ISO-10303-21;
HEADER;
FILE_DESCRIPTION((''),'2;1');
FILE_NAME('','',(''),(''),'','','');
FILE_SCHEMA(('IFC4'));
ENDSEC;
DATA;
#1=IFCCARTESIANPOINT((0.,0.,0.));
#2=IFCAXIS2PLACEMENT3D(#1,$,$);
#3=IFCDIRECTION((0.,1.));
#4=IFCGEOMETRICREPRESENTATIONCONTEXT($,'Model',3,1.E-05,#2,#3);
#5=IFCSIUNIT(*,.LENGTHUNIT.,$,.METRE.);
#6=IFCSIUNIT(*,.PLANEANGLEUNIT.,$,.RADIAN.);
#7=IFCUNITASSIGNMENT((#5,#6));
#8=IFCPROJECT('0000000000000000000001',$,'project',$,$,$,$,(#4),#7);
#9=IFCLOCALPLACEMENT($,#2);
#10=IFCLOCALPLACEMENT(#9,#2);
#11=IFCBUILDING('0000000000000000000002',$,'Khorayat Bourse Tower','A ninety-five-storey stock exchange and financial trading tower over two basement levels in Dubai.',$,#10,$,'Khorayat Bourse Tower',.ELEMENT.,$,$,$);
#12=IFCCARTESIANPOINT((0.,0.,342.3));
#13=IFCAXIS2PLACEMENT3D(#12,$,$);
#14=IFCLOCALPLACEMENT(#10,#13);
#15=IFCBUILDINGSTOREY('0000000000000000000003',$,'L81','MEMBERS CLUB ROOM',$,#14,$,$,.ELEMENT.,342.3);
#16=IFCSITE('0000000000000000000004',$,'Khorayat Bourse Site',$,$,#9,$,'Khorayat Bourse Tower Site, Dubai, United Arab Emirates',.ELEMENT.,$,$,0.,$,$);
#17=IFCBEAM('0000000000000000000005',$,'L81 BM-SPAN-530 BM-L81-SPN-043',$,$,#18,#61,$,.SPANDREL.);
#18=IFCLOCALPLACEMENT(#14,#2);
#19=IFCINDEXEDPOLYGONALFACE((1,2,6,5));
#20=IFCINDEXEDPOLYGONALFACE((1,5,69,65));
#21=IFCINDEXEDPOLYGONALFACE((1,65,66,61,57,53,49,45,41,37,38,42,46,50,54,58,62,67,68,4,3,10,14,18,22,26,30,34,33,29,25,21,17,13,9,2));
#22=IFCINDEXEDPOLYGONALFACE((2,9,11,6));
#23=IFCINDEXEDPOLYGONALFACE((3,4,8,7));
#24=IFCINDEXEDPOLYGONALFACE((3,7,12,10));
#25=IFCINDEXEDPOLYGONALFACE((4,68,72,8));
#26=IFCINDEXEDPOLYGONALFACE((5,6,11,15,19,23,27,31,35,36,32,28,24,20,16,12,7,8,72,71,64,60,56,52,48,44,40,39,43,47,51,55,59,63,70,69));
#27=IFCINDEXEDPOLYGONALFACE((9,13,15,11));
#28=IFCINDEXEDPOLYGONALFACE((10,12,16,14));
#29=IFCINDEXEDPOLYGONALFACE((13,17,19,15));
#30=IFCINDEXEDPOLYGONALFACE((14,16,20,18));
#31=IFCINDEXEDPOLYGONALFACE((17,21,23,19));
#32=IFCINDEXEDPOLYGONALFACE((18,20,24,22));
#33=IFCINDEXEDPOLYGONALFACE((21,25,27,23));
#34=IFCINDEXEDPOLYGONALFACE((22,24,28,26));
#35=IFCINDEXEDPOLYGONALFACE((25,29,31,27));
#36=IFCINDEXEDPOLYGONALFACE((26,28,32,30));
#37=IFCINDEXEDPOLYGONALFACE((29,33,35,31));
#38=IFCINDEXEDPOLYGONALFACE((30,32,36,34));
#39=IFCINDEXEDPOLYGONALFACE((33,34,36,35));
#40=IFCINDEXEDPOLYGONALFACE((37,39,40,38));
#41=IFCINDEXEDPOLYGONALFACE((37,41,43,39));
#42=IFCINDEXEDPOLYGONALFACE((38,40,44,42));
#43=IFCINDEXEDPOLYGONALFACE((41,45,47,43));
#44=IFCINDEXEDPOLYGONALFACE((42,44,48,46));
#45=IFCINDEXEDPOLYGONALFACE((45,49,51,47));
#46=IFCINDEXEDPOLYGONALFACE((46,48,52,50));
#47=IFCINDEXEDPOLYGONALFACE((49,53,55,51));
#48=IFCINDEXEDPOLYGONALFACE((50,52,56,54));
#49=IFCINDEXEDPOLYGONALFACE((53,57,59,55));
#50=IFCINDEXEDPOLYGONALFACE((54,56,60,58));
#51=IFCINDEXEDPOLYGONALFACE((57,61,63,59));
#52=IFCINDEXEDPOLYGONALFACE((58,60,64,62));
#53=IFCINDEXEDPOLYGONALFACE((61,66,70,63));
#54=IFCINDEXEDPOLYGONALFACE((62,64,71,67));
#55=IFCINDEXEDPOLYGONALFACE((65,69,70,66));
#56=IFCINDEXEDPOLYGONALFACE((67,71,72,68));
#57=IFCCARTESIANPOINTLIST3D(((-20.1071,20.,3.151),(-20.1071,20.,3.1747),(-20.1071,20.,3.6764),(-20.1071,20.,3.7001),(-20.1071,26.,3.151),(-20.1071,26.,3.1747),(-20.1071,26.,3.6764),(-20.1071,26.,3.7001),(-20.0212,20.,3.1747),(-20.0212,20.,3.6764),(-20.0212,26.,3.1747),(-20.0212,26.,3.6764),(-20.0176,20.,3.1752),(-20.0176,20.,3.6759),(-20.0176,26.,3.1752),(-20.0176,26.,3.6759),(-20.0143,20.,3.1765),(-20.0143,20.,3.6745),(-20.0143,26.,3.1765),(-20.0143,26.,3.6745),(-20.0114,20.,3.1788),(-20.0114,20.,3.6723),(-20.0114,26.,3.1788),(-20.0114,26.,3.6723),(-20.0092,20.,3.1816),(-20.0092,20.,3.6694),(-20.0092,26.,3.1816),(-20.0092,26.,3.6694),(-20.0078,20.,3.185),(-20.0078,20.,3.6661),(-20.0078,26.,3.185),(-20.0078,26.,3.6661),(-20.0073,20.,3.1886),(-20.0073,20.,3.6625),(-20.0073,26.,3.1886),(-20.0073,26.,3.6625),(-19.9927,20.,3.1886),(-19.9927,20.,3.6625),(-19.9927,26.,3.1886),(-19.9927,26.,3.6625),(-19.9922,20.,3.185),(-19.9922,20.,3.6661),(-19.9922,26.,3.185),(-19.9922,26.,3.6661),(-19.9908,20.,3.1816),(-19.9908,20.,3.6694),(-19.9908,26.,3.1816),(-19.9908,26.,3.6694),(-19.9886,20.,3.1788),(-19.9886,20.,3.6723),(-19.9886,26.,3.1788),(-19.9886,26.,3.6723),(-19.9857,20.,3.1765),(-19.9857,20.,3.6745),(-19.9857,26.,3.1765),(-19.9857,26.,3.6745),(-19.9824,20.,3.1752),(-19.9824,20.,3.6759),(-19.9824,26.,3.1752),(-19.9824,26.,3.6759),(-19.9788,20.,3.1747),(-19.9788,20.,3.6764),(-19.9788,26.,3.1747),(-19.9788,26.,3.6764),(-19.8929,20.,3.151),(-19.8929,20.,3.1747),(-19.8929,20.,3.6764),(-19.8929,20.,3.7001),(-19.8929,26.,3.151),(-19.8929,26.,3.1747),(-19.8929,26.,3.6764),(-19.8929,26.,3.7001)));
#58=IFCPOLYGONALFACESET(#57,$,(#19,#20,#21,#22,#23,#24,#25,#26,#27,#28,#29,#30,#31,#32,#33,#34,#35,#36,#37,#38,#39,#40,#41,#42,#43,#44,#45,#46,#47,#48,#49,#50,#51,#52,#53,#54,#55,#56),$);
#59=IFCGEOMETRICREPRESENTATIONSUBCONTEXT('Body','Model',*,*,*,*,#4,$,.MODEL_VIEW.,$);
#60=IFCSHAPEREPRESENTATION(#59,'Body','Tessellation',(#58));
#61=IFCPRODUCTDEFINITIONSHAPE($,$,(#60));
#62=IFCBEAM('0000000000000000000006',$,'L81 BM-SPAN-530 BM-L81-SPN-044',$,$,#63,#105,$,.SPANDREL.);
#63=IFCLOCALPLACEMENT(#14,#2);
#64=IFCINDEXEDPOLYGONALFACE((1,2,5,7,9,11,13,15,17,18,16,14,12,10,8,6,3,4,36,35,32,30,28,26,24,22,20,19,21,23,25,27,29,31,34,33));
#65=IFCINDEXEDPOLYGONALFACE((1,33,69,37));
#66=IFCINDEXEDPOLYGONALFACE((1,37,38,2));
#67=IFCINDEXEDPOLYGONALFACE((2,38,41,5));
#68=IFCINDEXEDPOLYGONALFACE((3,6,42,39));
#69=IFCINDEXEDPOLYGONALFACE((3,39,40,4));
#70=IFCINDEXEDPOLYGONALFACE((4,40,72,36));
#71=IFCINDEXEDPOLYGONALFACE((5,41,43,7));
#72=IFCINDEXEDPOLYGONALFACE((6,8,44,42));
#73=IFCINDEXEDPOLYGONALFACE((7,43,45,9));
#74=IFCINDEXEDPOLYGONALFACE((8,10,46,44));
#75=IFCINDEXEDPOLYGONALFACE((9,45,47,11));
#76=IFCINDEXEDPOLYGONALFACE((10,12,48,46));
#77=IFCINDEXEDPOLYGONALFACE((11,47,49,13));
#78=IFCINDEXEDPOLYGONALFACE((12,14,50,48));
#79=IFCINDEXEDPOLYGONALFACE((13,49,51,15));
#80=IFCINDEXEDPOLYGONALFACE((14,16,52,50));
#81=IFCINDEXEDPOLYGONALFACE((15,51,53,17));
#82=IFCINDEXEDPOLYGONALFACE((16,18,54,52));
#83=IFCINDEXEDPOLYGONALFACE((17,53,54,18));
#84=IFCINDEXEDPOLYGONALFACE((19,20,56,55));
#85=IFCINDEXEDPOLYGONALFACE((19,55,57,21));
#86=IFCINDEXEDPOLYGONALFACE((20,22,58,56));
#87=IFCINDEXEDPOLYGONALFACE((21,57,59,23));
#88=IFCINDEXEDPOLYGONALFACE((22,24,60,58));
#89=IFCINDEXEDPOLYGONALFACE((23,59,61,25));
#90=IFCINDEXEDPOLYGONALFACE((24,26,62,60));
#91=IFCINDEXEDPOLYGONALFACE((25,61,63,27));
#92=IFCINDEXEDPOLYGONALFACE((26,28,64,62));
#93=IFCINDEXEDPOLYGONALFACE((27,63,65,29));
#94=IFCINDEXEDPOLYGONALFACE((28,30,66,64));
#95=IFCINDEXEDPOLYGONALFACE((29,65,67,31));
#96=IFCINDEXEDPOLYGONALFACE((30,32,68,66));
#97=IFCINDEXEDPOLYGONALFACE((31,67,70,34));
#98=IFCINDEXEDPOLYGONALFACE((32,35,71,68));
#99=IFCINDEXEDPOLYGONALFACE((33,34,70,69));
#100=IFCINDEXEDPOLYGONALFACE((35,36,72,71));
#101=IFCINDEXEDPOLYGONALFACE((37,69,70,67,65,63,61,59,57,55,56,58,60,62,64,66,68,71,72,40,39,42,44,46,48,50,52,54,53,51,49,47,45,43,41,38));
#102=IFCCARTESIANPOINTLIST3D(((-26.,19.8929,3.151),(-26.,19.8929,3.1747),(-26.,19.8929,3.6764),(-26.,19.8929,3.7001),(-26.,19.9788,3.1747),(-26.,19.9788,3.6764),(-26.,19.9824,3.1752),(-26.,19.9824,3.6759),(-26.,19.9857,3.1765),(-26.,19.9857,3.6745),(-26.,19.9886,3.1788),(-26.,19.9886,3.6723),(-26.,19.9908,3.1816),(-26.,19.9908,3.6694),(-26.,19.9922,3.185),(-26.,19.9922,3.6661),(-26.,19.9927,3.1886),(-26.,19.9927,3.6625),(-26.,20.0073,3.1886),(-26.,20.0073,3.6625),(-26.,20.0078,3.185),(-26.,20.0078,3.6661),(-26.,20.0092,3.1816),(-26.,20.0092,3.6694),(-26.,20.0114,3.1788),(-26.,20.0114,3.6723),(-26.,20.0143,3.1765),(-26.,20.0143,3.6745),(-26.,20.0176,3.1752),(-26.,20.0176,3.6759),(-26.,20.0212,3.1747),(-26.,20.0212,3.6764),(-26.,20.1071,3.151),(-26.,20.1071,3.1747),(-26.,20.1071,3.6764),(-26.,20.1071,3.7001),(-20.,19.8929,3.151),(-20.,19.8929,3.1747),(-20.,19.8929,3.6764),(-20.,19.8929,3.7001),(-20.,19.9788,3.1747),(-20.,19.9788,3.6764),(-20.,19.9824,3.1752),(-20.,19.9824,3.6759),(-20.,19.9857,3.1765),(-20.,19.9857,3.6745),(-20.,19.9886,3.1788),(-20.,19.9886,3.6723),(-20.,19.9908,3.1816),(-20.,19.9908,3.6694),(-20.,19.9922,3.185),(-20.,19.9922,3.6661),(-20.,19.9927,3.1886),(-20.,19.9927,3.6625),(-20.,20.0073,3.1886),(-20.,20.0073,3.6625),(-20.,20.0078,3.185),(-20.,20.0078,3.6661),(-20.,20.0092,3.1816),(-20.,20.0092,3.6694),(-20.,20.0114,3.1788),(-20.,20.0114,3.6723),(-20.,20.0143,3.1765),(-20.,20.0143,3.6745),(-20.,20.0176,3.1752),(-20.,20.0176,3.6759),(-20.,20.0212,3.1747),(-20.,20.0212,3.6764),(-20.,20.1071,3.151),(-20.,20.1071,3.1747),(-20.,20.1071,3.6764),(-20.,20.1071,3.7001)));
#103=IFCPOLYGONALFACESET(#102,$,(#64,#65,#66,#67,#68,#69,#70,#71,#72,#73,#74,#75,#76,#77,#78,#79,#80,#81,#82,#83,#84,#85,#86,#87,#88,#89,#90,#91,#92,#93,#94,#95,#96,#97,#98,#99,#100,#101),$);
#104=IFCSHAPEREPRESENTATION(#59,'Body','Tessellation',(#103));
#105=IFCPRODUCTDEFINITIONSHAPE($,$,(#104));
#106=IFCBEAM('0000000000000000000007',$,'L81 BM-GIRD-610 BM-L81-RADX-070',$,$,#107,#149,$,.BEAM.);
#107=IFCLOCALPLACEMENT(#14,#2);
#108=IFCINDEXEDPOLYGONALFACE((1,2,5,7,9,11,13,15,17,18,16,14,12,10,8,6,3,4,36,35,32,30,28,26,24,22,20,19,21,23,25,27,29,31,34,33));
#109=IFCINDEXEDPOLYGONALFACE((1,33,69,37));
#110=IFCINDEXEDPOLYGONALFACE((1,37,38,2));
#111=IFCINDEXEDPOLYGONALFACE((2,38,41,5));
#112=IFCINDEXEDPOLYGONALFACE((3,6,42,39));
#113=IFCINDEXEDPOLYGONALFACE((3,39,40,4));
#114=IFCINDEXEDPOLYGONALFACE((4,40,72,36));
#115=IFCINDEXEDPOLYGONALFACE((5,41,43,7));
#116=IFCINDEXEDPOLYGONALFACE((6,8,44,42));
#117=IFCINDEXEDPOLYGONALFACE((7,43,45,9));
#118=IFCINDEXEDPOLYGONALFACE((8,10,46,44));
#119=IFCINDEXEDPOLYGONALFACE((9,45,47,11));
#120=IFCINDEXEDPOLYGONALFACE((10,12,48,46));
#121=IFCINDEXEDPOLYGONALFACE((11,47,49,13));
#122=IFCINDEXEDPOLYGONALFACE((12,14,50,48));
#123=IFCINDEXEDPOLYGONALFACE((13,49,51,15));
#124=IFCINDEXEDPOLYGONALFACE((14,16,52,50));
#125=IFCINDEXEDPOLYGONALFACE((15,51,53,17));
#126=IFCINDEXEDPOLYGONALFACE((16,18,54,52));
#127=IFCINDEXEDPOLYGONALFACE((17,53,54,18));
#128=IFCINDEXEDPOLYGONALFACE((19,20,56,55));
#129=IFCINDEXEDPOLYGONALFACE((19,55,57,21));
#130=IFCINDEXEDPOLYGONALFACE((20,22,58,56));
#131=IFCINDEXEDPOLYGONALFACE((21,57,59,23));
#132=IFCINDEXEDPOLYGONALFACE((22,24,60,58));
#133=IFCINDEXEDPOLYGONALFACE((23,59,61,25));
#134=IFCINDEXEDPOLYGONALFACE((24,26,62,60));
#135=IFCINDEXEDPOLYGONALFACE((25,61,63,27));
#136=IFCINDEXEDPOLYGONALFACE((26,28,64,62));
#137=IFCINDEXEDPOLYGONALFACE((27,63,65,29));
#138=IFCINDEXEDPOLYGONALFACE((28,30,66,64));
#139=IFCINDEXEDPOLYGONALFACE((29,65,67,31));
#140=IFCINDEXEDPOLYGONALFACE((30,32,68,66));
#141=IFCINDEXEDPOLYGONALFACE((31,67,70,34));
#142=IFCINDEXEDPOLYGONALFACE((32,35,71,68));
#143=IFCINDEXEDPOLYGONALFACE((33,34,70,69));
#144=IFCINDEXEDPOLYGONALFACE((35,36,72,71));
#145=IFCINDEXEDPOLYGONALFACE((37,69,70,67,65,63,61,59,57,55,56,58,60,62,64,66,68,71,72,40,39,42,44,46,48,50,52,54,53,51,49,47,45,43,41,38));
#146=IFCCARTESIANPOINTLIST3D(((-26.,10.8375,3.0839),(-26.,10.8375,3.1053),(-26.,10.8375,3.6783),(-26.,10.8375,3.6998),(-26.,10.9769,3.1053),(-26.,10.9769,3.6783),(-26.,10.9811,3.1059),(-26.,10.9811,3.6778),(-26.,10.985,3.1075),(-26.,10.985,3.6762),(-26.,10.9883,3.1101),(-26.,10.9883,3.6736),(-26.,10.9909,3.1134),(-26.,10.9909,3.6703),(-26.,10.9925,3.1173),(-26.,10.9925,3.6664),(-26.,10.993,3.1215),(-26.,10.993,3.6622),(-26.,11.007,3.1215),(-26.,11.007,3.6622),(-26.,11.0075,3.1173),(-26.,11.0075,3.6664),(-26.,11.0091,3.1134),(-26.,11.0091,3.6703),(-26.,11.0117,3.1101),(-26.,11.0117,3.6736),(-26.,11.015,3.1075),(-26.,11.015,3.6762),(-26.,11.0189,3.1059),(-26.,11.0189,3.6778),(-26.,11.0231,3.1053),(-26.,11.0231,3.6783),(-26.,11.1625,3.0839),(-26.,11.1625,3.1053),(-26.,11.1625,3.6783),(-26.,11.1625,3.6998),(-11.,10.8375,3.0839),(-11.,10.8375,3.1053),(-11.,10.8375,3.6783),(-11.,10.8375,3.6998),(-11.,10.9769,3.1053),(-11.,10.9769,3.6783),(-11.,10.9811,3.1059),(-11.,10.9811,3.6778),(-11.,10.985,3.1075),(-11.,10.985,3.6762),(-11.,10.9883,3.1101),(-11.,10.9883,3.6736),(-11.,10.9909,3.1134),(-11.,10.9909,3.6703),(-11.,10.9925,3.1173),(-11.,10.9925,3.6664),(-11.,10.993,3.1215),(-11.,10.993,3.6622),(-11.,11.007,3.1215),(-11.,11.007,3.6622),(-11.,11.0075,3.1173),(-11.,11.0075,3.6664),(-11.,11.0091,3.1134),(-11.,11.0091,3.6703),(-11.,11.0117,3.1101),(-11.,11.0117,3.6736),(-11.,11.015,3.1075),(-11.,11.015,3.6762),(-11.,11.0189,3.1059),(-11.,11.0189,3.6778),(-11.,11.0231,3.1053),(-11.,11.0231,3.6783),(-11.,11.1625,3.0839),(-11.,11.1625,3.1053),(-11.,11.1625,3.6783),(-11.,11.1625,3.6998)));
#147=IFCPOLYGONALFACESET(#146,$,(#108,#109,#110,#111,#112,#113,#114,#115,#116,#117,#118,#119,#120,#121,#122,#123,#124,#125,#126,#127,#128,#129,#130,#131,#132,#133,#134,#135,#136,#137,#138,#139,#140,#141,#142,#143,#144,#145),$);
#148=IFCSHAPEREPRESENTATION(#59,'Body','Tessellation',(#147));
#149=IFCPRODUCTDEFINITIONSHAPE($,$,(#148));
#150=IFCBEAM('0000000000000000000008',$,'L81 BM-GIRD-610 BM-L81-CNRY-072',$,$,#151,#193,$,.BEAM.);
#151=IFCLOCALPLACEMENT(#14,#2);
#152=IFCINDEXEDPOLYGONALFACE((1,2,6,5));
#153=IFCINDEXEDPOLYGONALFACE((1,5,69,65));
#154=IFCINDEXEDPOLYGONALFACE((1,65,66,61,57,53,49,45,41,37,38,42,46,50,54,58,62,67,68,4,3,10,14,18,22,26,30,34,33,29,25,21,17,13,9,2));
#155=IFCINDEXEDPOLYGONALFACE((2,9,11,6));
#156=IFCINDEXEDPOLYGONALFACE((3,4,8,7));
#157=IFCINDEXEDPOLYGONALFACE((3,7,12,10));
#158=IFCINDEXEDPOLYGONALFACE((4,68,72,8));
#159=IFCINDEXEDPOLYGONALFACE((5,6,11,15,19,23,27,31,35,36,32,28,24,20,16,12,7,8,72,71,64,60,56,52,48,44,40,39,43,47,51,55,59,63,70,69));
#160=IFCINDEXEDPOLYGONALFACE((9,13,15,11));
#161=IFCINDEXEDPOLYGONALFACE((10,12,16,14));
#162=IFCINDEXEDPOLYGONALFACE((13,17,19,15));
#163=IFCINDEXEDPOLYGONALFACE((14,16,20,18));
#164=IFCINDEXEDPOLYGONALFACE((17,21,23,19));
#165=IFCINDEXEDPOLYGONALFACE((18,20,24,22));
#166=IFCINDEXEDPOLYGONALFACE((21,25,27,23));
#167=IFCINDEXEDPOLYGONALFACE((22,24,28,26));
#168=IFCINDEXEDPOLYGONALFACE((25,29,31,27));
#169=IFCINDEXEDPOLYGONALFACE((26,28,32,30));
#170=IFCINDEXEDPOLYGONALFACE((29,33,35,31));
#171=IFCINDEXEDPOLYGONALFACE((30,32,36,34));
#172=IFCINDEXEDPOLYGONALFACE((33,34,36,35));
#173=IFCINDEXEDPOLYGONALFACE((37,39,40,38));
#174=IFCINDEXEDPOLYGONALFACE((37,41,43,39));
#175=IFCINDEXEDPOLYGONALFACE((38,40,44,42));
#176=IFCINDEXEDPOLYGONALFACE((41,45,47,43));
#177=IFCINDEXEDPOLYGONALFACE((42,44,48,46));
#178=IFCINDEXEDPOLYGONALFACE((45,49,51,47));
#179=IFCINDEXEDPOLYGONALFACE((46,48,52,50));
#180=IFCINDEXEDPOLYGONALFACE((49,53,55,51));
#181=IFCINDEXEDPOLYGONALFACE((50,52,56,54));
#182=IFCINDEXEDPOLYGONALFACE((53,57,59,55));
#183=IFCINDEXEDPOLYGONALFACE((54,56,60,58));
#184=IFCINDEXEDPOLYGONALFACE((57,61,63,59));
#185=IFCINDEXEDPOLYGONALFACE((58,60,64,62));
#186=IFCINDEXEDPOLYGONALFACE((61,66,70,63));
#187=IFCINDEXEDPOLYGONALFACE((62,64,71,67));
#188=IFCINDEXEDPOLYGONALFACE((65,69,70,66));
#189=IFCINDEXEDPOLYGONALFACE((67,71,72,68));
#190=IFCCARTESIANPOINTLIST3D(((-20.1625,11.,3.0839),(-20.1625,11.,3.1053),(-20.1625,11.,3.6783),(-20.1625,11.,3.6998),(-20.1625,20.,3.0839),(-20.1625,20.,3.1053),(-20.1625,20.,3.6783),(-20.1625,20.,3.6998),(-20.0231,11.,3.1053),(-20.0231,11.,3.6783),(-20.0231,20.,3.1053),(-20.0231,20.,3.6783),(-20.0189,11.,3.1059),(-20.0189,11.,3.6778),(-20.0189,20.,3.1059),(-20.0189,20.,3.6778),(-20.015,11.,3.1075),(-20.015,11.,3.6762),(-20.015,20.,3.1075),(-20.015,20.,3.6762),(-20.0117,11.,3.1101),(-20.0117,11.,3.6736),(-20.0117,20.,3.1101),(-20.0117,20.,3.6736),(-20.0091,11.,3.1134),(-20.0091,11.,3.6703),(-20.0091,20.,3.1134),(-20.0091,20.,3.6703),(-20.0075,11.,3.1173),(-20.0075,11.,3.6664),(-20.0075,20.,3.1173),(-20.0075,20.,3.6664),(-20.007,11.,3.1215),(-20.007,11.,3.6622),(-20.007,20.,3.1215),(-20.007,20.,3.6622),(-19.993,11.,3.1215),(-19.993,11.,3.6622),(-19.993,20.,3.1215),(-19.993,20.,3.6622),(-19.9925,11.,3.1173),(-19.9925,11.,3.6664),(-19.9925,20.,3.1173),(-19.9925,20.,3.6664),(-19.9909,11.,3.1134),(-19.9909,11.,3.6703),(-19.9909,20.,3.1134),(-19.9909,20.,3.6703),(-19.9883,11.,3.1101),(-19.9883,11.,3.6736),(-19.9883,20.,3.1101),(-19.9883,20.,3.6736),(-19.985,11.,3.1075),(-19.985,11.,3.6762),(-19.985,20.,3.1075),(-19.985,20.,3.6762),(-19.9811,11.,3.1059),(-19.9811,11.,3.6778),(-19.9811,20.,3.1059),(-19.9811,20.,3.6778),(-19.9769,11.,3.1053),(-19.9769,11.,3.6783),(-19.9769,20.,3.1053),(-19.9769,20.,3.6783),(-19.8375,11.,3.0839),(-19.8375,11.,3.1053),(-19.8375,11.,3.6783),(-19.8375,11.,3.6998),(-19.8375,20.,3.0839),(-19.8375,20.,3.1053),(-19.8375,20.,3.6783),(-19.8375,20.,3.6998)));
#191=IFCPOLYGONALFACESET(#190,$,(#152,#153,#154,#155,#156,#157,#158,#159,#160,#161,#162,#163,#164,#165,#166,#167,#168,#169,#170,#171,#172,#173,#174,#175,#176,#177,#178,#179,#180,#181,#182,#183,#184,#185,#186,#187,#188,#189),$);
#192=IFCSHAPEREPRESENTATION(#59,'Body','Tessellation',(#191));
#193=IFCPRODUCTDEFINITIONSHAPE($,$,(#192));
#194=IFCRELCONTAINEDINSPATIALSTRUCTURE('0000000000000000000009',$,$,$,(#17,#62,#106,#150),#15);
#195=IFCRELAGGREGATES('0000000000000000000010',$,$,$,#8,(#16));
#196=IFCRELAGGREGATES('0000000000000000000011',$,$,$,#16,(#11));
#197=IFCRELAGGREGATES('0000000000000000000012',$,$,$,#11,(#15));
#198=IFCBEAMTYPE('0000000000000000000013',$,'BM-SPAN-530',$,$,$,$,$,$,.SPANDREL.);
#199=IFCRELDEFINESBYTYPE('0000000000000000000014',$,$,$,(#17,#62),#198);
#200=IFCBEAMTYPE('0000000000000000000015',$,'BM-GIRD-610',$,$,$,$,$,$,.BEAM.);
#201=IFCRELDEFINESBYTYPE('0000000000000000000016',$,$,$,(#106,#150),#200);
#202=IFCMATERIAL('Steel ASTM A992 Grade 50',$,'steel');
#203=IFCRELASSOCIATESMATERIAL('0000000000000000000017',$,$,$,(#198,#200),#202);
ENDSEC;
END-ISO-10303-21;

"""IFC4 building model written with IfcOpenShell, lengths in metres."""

from ifc_helpers import new_model, si_unit, direction, frame, origin, origin_2d, place, context, subcontext, project, spatial, i_section, extrude, source, transform, mapped, material, material_profile, profile_set, type_object, element, save


model = new_model("IFC4")

# Units and contexts
model_context = context("Model", 3, precision=1e-05, world=origin(), true_north=direction((0.0, 1.0)))
body_context = subcontext(model_context, "Body", "Model", "MODEL_VIEW")
ifc_project = project(units=[si_unit("LENGTHUNIT", "METRE"), si_unit("PLANEANGLEUNIT", "RADIAN")], contexts=[model_context])

# Site, building, storey
site_placement = place(None, origin())
site = spatial("IfcSite", under=ifc_project, at=site_placement, Name="Khorayat Bourse Site", LongName="Khorayat Bourse Tower Site, Dubai, United Arab Emirates", CompositionType="ELEMENT", RefElevation=0.0)
building_placement = place(site_placement, origin())
building = spatial("IfcBuilding", under=site, at=building_placement, Name="Khorayat Bourse Tower", Description="A ninety-five-storey stock exchange and financial trading tower over two basement levels in Dubai.", LongName="Khorayat Bourse Tower", CompositionType="ELEMENT")
storey_placement = place(building_placement, frame((0.0, 0.0, 342.3)))
storey = spatial("IfcBuildingStorey", under=building, at=storey_placement, Name="L81", Description="MEMBERS CLUB ROOM", CompositionType="ELEMENT", Elevation=342.3)

# Beams
ifc_material_1 = material(Name="Steel ASTM A992 Grade 50", Category="steel")
ifc_material_profile_1 = material_profile(ifc_material_1, i_section(OverallWidth=0.2141, OverallDepth=0.5491, WebThickness=0.0146, FlangeThickness=0.0237, FilletRadius=0.0139, at=origin_2d()), Name="W530X138")
ifc_profile_set_1 = profile_set([ifc_material_profile_1], Name="Steel ASTM A992 Grade 50")
beam_type_1 = type_object("IfcBeamType", Name="BM-SPAN-530", PredefinedType="SPANDREL", material=ifc_profile_set_1)
shared_shape_1 = source(origin(), body_context, "Body", "SweptSolid", [
    extrude(i_section(OverallWidth=0.2141, OverallDepth=0.5491, WebThickness=0.0146, FlangeThickness=0.0237, FilletRadius=0.0139, at=origin_2d()), origin(), (0.0, 0.0, 1.0), 6.0),
])
for number, where, z_axis, x_axis, name in (
    (1, (-20.0, 20.0, 3.4255), (0.0, 1.0, 0.0), (-1.0, 0.0, 0.0), "L81 BM-SPAN-530 BM-L81-SPN-043"),
    (2, (-26.0, 20.0, 3.4255), (1.0, 0.0, 0.0), (0.0, 1.0, 0.0), "L81 BM-SPAN-530 BM-L81-SPN-044"),
):
    element("IfcBeam", number, at=place(storey_placement, frame(where, z_axis=z_axis, x_axis=x_axis)), inside=storey, type_object=beam_type_1, Name=name, PredefinedType="SPANDREL", context=body_context, shape_type="MappedRepresentation", body=[
        mapped(shared_shape_1, transform((0.0, 0.0, 0.0), scale=1.0)),
    ])
ifc_material_profile_2 = material_profile(ifc_material_1, i_section(OverallWidth=0.325, OverallDepth=0.616, WebThickness=0.0139, FlangeThickness=0.0215, FilletRadius=0.0161, at=origin_2d()), Name="W610X174")
ifc_profile_set_2 = profile_set([ifc_material_profile_2], Name="Steel ASTM A992 Grade 50")
beam_type_2 = type_object("IfcBeamType", Name="BM-GIRD-610", PredefinedType="BEAM", material=ifc_profile_set_2)
shared_shape_2 = source(origin(), body_context, "Body", "SweptSolid", [
    extrude(i_section(OverallWidth=0.325, OverallDepth=0.616, WebThickness=0.0139, FlangeThickness=0.0215, FilletRadius=0.0161, at=origin_2d()), origin(), (0.0, 0.0, 1.0), 15.0),
])
beam_1_placement = place(storey_placement, frame((-26.0, 11.0, 3.3918), z_axis=(1.0, 0.0, 0.0), x_axis=(0.0, 1.0, 0.0)))
element("IfcBeam", 3, at=beam_1_placement, inside=storey, type_object=beam_type_2, Name="L81 BM-GIRD-610 BM-L81-RADX-070", PredefinedType="BEAM", context=body_context, shape_type="MappedRepresentation", body=[
    mapped(shared_shape_2, transform((0.0, 0.0, 0.0), scale=1.0)),
])
shared_shape_3 = source(origin(), body_context, "Body", "SweptSolid", [
    extrude(i_section(OverallWidth=0.325, OverallDepth=0.616, WebThickness=0.0139, FlangeThickness=0.0215, FilletRadius=0.0161, at=origin_2d()), origin(), (0.0, 0.0, 1.0), 9.0),
])
beam_2_placement = place(storey_placement, frame((-20.0, 11.0, 3.3918), z_axis=(0.0, 1.0, 0.0), x_axis=(-1.0, 0.0, 0.0)))
element("IfcBeam", 4, at=beam_2_placement, inside=storey, type_object=beam_type_2, Name="L81 BM-GIRD-610 BM-L81-CNRY-072", PredefinedType="BEAM", context=body_context, shape_type="MappedRepresentation", body=[
    mapped(shared_shape_3, transform((0.0, 0.0, 0.0), scale=1.0)),
])

save(model, "model.ifc")
